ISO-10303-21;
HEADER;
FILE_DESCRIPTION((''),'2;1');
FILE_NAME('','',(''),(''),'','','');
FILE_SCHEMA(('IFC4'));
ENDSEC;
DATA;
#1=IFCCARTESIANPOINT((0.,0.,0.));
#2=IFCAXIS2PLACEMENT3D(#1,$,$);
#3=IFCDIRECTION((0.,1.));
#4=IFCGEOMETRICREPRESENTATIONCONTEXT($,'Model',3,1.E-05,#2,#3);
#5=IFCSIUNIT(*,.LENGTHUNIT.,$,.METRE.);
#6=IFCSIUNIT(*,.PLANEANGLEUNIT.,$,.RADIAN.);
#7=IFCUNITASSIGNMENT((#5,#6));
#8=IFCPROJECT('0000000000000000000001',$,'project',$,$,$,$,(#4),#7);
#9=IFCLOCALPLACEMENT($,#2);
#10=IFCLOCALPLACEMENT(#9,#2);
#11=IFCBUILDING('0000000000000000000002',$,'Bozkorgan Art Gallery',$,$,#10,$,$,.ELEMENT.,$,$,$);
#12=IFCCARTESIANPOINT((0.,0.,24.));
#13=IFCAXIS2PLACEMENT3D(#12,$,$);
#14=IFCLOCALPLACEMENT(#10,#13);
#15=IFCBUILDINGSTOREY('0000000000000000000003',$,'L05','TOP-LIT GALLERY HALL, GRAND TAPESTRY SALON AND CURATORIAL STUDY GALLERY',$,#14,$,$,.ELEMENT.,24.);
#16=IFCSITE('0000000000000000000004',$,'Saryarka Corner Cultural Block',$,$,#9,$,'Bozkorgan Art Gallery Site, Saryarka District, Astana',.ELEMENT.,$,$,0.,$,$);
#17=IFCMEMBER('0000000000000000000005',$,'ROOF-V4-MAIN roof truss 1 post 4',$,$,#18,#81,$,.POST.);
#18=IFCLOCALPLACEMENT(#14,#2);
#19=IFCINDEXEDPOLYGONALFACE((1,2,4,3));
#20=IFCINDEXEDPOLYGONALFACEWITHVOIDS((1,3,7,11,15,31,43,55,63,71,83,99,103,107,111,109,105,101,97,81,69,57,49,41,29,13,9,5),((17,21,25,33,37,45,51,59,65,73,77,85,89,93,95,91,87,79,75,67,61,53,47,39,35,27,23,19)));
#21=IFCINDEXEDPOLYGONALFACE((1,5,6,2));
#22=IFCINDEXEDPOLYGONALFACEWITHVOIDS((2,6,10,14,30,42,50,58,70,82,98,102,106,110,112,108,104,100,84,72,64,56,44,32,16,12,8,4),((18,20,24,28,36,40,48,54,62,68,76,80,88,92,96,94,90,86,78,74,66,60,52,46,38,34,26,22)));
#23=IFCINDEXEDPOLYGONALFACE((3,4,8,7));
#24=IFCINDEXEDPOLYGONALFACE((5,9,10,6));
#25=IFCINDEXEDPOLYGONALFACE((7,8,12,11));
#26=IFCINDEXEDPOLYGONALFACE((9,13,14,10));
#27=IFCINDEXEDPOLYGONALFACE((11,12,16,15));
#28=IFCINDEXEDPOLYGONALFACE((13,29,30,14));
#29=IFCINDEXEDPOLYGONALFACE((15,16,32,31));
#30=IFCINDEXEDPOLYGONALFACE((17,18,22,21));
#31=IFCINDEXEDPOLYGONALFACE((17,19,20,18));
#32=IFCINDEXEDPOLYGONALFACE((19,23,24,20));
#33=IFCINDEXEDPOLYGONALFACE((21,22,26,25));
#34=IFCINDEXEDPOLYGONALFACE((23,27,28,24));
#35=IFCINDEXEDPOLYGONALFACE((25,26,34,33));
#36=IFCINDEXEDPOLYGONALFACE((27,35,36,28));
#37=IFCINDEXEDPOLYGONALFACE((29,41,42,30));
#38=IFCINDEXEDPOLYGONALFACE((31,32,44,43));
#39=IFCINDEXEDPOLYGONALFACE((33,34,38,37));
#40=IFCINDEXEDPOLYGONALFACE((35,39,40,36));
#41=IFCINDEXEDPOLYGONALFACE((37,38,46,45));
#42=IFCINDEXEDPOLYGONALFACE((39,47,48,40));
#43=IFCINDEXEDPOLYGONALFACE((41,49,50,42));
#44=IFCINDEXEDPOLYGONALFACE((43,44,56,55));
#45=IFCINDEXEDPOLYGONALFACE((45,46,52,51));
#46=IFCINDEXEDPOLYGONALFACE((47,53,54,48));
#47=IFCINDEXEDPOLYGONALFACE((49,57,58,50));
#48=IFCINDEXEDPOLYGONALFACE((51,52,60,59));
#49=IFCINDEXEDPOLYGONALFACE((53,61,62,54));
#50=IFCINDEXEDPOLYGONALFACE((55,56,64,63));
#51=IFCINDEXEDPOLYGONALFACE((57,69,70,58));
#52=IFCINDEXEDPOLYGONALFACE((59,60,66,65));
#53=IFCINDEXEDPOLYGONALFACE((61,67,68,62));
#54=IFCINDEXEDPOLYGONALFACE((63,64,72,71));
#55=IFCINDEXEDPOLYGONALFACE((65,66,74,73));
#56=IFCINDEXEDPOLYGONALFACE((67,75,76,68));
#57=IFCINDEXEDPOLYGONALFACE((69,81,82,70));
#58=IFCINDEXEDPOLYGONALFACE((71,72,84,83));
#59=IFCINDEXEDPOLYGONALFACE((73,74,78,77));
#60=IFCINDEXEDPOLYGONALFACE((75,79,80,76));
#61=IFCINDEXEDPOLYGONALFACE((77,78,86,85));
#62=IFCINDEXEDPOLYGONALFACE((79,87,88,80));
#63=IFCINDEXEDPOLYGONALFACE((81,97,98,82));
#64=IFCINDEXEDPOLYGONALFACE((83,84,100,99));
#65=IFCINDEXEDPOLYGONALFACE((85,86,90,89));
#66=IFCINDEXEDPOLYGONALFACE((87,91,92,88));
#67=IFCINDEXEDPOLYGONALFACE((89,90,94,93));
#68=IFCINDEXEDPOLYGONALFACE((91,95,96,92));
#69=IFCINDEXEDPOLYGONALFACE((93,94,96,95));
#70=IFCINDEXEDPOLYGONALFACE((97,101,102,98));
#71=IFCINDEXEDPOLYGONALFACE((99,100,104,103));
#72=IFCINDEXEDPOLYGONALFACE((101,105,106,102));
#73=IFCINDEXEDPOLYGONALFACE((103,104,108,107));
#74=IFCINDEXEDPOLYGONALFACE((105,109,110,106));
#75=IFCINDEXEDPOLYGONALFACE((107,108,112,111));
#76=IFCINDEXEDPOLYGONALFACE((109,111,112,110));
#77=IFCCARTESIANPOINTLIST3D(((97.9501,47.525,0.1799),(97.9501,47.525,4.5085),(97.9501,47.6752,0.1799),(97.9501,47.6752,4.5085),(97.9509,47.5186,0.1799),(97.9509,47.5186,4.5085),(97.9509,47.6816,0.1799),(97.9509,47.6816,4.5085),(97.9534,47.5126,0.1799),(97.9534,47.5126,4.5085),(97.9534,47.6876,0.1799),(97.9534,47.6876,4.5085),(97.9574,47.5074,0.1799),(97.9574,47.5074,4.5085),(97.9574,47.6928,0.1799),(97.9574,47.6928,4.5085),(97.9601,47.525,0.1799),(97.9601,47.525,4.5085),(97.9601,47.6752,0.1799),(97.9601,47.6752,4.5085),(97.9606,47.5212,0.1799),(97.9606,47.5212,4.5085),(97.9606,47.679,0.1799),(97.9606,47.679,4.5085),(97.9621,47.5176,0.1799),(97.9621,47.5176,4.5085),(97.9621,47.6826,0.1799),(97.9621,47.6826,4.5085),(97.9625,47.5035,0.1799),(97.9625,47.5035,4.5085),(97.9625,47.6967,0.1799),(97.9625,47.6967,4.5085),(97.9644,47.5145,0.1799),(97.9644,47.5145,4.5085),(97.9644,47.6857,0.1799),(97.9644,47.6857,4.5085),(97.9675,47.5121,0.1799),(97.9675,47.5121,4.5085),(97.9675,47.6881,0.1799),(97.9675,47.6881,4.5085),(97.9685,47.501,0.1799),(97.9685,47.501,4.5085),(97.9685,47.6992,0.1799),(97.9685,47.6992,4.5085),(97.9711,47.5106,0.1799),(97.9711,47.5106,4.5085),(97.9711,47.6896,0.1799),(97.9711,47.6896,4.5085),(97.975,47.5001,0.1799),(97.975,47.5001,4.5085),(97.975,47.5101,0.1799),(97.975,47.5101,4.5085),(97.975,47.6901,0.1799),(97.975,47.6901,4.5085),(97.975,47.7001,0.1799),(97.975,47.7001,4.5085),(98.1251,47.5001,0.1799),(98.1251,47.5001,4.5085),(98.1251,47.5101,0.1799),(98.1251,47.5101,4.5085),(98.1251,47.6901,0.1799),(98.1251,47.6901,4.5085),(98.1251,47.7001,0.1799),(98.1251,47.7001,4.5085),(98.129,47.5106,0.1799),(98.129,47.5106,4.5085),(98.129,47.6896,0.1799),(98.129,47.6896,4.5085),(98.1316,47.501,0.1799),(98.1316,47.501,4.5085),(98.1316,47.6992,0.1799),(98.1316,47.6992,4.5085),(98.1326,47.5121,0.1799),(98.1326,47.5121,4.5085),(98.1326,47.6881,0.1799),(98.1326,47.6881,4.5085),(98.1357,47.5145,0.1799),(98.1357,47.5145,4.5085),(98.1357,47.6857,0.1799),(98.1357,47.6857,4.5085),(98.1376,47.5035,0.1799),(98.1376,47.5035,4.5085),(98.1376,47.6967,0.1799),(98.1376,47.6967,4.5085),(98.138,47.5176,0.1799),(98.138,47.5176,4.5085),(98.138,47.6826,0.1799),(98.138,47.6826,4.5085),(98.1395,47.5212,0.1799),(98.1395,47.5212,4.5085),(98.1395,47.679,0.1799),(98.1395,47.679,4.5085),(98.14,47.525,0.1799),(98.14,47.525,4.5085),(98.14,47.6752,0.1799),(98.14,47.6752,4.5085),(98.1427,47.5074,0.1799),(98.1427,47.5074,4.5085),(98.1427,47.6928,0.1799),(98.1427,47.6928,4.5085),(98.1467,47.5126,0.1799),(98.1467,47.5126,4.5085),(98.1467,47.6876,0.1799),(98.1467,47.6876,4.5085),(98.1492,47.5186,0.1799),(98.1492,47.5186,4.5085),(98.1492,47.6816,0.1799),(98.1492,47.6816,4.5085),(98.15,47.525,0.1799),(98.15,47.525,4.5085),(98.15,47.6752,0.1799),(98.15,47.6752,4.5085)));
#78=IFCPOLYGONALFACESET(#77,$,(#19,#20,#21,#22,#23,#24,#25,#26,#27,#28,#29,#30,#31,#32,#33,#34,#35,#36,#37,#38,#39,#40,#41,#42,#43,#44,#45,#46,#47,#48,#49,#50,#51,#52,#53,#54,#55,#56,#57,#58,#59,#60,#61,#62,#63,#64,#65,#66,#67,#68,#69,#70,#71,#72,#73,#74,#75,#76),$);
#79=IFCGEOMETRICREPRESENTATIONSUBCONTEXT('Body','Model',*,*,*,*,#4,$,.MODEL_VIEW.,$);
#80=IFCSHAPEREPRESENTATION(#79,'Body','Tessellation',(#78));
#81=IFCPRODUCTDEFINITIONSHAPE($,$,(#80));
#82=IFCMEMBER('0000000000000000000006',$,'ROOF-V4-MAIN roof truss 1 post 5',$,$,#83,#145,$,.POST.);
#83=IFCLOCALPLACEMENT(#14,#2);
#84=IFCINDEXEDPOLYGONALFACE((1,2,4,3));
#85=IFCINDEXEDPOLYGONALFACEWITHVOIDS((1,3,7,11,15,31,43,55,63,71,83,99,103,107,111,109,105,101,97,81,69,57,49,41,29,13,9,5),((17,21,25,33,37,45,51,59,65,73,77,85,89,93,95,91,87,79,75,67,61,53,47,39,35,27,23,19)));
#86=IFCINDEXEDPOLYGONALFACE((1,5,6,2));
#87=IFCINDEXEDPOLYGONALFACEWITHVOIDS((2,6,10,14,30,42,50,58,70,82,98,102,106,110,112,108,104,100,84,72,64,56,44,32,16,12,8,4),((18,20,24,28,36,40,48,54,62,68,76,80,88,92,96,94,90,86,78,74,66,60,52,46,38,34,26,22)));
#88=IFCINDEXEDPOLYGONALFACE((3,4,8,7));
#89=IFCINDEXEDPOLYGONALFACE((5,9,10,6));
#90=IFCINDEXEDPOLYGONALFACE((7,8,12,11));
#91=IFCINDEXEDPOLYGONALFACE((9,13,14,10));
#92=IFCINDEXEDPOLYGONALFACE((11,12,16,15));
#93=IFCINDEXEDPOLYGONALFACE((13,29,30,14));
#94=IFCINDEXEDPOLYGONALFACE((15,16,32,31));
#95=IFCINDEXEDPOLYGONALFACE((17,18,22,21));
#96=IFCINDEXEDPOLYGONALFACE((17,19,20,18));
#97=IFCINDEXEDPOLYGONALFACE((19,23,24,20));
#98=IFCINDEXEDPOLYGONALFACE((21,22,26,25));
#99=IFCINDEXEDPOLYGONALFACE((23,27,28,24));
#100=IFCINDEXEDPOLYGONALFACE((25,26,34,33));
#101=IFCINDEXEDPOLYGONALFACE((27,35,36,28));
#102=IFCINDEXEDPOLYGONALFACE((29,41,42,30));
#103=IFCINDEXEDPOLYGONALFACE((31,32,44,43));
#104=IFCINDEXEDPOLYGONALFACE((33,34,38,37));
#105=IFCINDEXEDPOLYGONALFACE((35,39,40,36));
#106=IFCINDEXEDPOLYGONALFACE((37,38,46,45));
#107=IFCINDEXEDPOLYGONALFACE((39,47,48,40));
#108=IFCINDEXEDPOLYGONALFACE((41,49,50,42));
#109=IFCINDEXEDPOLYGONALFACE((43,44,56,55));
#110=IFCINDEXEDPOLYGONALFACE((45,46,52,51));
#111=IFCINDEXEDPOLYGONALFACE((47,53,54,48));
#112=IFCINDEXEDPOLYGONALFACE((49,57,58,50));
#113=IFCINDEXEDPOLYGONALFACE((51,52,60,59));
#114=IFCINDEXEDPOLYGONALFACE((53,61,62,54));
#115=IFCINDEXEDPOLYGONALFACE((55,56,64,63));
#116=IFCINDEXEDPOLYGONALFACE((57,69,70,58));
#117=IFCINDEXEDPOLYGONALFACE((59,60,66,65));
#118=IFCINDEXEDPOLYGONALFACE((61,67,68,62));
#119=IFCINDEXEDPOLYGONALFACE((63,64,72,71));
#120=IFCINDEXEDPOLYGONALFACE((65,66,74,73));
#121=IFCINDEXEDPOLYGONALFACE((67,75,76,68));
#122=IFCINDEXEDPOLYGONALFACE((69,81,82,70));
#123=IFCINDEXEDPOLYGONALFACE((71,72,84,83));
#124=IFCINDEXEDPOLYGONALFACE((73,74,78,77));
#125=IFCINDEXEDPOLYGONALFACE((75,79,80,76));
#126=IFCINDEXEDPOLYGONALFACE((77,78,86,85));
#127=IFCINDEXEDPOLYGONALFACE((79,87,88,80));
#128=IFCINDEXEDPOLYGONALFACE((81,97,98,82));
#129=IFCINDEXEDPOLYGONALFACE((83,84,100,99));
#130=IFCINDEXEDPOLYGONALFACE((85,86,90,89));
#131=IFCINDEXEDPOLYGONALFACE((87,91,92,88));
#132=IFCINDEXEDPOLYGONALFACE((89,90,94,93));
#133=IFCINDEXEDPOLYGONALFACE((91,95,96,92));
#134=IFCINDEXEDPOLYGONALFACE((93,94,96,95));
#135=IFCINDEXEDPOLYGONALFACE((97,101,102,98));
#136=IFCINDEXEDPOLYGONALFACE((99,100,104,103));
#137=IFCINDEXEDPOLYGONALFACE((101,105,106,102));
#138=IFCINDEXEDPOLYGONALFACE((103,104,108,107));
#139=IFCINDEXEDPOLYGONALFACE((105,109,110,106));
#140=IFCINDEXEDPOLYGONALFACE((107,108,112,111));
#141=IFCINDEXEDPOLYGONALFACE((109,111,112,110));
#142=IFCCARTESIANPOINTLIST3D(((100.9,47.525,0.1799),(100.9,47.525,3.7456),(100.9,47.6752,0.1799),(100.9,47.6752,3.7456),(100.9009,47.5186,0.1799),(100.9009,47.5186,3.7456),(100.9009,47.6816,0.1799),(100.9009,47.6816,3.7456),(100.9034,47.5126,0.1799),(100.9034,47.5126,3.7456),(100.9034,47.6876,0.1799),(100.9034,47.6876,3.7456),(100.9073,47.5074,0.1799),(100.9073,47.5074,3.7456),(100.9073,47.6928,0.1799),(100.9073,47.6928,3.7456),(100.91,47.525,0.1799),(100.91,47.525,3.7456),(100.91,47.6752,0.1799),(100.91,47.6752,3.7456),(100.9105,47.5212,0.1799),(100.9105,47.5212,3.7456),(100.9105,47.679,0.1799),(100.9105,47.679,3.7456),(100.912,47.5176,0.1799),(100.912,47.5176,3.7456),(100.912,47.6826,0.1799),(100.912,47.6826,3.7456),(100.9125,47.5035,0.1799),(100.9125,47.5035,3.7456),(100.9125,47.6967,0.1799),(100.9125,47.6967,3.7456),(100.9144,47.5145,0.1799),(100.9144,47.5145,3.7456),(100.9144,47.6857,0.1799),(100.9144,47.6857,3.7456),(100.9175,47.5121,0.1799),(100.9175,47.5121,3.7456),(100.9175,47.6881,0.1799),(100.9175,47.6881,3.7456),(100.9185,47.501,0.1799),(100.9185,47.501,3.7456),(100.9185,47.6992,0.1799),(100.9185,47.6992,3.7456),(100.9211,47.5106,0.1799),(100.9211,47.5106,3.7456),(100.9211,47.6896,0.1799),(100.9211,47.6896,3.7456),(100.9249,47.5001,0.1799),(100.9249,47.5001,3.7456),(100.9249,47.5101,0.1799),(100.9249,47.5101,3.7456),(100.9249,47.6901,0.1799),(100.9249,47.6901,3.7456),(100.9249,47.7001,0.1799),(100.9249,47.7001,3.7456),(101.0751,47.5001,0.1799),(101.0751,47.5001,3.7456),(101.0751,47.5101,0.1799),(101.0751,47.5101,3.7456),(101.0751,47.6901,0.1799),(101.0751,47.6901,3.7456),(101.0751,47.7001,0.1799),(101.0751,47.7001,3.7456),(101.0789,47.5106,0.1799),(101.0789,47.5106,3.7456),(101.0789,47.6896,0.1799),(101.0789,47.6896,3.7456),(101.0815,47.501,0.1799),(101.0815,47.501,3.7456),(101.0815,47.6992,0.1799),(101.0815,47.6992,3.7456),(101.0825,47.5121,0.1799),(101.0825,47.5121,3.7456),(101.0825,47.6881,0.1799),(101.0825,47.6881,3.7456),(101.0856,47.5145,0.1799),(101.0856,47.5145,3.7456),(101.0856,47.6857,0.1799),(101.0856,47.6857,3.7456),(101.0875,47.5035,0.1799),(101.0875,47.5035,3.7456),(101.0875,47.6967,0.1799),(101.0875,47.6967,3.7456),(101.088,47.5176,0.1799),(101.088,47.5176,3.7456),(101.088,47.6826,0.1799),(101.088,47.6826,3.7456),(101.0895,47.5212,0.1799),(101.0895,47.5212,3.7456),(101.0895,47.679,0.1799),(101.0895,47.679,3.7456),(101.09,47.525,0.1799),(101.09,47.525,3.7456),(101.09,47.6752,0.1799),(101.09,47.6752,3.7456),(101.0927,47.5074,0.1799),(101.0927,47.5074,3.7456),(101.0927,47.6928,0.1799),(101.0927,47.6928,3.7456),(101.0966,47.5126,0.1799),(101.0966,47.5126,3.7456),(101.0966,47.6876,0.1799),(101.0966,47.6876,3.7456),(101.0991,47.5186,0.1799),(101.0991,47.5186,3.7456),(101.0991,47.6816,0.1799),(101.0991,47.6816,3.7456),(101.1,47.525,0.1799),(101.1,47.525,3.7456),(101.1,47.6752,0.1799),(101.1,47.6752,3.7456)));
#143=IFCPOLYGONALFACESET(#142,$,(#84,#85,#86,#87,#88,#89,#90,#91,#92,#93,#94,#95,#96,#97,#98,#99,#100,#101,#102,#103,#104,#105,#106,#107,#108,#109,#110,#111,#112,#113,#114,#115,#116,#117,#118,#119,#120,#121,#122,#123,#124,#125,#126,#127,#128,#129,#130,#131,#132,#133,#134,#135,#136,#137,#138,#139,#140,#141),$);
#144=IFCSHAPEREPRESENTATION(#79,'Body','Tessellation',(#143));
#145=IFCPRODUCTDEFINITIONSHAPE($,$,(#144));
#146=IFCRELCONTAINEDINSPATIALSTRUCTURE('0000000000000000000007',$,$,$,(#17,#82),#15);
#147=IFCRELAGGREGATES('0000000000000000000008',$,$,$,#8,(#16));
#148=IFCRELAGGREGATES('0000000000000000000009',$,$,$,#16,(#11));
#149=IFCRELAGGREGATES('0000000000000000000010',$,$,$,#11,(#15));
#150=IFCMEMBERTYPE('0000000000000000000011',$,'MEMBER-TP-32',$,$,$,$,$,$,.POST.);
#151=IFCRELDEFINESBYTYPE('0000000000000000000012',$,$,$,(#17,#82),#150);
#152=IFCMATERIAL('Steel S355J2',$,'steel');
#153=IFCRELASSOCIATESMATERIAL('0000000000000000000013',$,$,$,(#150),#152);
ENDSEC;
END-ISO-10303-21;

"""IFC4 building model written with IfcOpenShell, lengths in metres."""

from ifc_helpers import new_model, si_unit, direction, frame, origin, origin_2d, place, context, subcontext, project, spatial, hollow_rectangle, extrude, material, material_profile, profile_set, type_object, element, save


model = new_model("IFC4")

# Units and contexts
model_context = context("Model", 3, precision=1e-05, world=origin(), true_north=direction((0.0, 1.0)))
body_context = subcontext(model_context, "Body", "Model", "MODEL_VIEW")
ifc_project = project(units=[si_unit("LENGTHUNIT", "METRE"), si_unit("PLANEANGLEUNIT", "RADIAN")], contexts=[model_context])

# Site, building, storey
site_placement = place(None, origin())
site = spatial("IfcSite", under=ifc_project, at=site_placement, Name="Saryarka Corner Cultural Block", LongName="Bozkorgan Art Gallery Site, Saryarka District, Astana", CompositionType="ELEMENT", RefElevation=0.0)
building_placement = place(site_placement, origin())
building = spatial("IfcBuilding", under=site, at=building_placement, Name="Bozkorgan Art Gallery", CompositionType="ELEMENT")
storey_placement = place(building_placement, frame((0.0, 0.0, 24.0)))
storey = spatial("IfcBuildingStorey", under=building, at=storey_placement, Name="L05", Description="TOP-LIT GALLERY HALL, GRAND TAPESTRY SALON AND CURATORIAL STUDY GALLERY", CompositionType="ELEMENT", Elevation=24.0)

# Members
ifc_material_1 = material(Name="Steel S355J2", Category="steel")
ifc_material_profile_1 = material_profile(ifc_material_1, hollow_rectangle(XDim=0.2, YDim=0.2, WallThickness=0.01, InnerFilletRadius=0.0149, OuterFilletRadius=0.0249, at=origin_2d()), Name="SHS 200x200x10")
ifc_profile_set_1 = profile_set([ifc_material_profile_1], Name="Steel S355J2")
member_type_1 = type_object("IfcMemberType", Name="MEMBER-TP-32", PredefinedType="POST", material=ifc_profile_set_1)
member_1_placement = place(storey_placement, frame((98.05, 47.6001, 0.1799), z_axis=(0.0, 0.0, 1.0), x_axis=(1.0, 0.0, 0.0)))
element("IfcMember", 1, at=member_1_placement, inside=storey, type_object=member_type_1, Name="ROOF-V4-MAIN roof truss 1 post 4", PredefinedType="POST", context=body_context, shape_type="SweptSolid", body=[
    extrude(hollow_rectangle(XDim=0.2, YDim=0.2, WallThickness=0.01, InnerFilletRadius=0.0149, OuterFilletRadius=0.0249, at=origin_2d()), origin(), (0.0, 0.0, 1.0), 4.3286),
])
member_2_placement = place(storey_placement, frame((101.0, 47.6001, 0.1799), z_axis=(0.0, 0.0, 1.0), x_axis=(1.0, 0.0, 0.0)))
element("IfcMember", 2, at=member_2_placement, inside=storey, type_object=member_type_1, Name="ROOF-V4-MAIN roof truss 1 post 5", PredefinedType="POST", context=body_context, shape_type="SweptSolid", body=[
    extrude(hollow_rectangle(XDim=0.2, YDim=0.2, WallThickness=0.01, InnerFilletRadius=0.0149, OuterFilletRadius=0.0249, at=origin_2d()), origin(), (0.0, 0.0, 1.0), 3.5657),
])

save(model, "model.ifc")
